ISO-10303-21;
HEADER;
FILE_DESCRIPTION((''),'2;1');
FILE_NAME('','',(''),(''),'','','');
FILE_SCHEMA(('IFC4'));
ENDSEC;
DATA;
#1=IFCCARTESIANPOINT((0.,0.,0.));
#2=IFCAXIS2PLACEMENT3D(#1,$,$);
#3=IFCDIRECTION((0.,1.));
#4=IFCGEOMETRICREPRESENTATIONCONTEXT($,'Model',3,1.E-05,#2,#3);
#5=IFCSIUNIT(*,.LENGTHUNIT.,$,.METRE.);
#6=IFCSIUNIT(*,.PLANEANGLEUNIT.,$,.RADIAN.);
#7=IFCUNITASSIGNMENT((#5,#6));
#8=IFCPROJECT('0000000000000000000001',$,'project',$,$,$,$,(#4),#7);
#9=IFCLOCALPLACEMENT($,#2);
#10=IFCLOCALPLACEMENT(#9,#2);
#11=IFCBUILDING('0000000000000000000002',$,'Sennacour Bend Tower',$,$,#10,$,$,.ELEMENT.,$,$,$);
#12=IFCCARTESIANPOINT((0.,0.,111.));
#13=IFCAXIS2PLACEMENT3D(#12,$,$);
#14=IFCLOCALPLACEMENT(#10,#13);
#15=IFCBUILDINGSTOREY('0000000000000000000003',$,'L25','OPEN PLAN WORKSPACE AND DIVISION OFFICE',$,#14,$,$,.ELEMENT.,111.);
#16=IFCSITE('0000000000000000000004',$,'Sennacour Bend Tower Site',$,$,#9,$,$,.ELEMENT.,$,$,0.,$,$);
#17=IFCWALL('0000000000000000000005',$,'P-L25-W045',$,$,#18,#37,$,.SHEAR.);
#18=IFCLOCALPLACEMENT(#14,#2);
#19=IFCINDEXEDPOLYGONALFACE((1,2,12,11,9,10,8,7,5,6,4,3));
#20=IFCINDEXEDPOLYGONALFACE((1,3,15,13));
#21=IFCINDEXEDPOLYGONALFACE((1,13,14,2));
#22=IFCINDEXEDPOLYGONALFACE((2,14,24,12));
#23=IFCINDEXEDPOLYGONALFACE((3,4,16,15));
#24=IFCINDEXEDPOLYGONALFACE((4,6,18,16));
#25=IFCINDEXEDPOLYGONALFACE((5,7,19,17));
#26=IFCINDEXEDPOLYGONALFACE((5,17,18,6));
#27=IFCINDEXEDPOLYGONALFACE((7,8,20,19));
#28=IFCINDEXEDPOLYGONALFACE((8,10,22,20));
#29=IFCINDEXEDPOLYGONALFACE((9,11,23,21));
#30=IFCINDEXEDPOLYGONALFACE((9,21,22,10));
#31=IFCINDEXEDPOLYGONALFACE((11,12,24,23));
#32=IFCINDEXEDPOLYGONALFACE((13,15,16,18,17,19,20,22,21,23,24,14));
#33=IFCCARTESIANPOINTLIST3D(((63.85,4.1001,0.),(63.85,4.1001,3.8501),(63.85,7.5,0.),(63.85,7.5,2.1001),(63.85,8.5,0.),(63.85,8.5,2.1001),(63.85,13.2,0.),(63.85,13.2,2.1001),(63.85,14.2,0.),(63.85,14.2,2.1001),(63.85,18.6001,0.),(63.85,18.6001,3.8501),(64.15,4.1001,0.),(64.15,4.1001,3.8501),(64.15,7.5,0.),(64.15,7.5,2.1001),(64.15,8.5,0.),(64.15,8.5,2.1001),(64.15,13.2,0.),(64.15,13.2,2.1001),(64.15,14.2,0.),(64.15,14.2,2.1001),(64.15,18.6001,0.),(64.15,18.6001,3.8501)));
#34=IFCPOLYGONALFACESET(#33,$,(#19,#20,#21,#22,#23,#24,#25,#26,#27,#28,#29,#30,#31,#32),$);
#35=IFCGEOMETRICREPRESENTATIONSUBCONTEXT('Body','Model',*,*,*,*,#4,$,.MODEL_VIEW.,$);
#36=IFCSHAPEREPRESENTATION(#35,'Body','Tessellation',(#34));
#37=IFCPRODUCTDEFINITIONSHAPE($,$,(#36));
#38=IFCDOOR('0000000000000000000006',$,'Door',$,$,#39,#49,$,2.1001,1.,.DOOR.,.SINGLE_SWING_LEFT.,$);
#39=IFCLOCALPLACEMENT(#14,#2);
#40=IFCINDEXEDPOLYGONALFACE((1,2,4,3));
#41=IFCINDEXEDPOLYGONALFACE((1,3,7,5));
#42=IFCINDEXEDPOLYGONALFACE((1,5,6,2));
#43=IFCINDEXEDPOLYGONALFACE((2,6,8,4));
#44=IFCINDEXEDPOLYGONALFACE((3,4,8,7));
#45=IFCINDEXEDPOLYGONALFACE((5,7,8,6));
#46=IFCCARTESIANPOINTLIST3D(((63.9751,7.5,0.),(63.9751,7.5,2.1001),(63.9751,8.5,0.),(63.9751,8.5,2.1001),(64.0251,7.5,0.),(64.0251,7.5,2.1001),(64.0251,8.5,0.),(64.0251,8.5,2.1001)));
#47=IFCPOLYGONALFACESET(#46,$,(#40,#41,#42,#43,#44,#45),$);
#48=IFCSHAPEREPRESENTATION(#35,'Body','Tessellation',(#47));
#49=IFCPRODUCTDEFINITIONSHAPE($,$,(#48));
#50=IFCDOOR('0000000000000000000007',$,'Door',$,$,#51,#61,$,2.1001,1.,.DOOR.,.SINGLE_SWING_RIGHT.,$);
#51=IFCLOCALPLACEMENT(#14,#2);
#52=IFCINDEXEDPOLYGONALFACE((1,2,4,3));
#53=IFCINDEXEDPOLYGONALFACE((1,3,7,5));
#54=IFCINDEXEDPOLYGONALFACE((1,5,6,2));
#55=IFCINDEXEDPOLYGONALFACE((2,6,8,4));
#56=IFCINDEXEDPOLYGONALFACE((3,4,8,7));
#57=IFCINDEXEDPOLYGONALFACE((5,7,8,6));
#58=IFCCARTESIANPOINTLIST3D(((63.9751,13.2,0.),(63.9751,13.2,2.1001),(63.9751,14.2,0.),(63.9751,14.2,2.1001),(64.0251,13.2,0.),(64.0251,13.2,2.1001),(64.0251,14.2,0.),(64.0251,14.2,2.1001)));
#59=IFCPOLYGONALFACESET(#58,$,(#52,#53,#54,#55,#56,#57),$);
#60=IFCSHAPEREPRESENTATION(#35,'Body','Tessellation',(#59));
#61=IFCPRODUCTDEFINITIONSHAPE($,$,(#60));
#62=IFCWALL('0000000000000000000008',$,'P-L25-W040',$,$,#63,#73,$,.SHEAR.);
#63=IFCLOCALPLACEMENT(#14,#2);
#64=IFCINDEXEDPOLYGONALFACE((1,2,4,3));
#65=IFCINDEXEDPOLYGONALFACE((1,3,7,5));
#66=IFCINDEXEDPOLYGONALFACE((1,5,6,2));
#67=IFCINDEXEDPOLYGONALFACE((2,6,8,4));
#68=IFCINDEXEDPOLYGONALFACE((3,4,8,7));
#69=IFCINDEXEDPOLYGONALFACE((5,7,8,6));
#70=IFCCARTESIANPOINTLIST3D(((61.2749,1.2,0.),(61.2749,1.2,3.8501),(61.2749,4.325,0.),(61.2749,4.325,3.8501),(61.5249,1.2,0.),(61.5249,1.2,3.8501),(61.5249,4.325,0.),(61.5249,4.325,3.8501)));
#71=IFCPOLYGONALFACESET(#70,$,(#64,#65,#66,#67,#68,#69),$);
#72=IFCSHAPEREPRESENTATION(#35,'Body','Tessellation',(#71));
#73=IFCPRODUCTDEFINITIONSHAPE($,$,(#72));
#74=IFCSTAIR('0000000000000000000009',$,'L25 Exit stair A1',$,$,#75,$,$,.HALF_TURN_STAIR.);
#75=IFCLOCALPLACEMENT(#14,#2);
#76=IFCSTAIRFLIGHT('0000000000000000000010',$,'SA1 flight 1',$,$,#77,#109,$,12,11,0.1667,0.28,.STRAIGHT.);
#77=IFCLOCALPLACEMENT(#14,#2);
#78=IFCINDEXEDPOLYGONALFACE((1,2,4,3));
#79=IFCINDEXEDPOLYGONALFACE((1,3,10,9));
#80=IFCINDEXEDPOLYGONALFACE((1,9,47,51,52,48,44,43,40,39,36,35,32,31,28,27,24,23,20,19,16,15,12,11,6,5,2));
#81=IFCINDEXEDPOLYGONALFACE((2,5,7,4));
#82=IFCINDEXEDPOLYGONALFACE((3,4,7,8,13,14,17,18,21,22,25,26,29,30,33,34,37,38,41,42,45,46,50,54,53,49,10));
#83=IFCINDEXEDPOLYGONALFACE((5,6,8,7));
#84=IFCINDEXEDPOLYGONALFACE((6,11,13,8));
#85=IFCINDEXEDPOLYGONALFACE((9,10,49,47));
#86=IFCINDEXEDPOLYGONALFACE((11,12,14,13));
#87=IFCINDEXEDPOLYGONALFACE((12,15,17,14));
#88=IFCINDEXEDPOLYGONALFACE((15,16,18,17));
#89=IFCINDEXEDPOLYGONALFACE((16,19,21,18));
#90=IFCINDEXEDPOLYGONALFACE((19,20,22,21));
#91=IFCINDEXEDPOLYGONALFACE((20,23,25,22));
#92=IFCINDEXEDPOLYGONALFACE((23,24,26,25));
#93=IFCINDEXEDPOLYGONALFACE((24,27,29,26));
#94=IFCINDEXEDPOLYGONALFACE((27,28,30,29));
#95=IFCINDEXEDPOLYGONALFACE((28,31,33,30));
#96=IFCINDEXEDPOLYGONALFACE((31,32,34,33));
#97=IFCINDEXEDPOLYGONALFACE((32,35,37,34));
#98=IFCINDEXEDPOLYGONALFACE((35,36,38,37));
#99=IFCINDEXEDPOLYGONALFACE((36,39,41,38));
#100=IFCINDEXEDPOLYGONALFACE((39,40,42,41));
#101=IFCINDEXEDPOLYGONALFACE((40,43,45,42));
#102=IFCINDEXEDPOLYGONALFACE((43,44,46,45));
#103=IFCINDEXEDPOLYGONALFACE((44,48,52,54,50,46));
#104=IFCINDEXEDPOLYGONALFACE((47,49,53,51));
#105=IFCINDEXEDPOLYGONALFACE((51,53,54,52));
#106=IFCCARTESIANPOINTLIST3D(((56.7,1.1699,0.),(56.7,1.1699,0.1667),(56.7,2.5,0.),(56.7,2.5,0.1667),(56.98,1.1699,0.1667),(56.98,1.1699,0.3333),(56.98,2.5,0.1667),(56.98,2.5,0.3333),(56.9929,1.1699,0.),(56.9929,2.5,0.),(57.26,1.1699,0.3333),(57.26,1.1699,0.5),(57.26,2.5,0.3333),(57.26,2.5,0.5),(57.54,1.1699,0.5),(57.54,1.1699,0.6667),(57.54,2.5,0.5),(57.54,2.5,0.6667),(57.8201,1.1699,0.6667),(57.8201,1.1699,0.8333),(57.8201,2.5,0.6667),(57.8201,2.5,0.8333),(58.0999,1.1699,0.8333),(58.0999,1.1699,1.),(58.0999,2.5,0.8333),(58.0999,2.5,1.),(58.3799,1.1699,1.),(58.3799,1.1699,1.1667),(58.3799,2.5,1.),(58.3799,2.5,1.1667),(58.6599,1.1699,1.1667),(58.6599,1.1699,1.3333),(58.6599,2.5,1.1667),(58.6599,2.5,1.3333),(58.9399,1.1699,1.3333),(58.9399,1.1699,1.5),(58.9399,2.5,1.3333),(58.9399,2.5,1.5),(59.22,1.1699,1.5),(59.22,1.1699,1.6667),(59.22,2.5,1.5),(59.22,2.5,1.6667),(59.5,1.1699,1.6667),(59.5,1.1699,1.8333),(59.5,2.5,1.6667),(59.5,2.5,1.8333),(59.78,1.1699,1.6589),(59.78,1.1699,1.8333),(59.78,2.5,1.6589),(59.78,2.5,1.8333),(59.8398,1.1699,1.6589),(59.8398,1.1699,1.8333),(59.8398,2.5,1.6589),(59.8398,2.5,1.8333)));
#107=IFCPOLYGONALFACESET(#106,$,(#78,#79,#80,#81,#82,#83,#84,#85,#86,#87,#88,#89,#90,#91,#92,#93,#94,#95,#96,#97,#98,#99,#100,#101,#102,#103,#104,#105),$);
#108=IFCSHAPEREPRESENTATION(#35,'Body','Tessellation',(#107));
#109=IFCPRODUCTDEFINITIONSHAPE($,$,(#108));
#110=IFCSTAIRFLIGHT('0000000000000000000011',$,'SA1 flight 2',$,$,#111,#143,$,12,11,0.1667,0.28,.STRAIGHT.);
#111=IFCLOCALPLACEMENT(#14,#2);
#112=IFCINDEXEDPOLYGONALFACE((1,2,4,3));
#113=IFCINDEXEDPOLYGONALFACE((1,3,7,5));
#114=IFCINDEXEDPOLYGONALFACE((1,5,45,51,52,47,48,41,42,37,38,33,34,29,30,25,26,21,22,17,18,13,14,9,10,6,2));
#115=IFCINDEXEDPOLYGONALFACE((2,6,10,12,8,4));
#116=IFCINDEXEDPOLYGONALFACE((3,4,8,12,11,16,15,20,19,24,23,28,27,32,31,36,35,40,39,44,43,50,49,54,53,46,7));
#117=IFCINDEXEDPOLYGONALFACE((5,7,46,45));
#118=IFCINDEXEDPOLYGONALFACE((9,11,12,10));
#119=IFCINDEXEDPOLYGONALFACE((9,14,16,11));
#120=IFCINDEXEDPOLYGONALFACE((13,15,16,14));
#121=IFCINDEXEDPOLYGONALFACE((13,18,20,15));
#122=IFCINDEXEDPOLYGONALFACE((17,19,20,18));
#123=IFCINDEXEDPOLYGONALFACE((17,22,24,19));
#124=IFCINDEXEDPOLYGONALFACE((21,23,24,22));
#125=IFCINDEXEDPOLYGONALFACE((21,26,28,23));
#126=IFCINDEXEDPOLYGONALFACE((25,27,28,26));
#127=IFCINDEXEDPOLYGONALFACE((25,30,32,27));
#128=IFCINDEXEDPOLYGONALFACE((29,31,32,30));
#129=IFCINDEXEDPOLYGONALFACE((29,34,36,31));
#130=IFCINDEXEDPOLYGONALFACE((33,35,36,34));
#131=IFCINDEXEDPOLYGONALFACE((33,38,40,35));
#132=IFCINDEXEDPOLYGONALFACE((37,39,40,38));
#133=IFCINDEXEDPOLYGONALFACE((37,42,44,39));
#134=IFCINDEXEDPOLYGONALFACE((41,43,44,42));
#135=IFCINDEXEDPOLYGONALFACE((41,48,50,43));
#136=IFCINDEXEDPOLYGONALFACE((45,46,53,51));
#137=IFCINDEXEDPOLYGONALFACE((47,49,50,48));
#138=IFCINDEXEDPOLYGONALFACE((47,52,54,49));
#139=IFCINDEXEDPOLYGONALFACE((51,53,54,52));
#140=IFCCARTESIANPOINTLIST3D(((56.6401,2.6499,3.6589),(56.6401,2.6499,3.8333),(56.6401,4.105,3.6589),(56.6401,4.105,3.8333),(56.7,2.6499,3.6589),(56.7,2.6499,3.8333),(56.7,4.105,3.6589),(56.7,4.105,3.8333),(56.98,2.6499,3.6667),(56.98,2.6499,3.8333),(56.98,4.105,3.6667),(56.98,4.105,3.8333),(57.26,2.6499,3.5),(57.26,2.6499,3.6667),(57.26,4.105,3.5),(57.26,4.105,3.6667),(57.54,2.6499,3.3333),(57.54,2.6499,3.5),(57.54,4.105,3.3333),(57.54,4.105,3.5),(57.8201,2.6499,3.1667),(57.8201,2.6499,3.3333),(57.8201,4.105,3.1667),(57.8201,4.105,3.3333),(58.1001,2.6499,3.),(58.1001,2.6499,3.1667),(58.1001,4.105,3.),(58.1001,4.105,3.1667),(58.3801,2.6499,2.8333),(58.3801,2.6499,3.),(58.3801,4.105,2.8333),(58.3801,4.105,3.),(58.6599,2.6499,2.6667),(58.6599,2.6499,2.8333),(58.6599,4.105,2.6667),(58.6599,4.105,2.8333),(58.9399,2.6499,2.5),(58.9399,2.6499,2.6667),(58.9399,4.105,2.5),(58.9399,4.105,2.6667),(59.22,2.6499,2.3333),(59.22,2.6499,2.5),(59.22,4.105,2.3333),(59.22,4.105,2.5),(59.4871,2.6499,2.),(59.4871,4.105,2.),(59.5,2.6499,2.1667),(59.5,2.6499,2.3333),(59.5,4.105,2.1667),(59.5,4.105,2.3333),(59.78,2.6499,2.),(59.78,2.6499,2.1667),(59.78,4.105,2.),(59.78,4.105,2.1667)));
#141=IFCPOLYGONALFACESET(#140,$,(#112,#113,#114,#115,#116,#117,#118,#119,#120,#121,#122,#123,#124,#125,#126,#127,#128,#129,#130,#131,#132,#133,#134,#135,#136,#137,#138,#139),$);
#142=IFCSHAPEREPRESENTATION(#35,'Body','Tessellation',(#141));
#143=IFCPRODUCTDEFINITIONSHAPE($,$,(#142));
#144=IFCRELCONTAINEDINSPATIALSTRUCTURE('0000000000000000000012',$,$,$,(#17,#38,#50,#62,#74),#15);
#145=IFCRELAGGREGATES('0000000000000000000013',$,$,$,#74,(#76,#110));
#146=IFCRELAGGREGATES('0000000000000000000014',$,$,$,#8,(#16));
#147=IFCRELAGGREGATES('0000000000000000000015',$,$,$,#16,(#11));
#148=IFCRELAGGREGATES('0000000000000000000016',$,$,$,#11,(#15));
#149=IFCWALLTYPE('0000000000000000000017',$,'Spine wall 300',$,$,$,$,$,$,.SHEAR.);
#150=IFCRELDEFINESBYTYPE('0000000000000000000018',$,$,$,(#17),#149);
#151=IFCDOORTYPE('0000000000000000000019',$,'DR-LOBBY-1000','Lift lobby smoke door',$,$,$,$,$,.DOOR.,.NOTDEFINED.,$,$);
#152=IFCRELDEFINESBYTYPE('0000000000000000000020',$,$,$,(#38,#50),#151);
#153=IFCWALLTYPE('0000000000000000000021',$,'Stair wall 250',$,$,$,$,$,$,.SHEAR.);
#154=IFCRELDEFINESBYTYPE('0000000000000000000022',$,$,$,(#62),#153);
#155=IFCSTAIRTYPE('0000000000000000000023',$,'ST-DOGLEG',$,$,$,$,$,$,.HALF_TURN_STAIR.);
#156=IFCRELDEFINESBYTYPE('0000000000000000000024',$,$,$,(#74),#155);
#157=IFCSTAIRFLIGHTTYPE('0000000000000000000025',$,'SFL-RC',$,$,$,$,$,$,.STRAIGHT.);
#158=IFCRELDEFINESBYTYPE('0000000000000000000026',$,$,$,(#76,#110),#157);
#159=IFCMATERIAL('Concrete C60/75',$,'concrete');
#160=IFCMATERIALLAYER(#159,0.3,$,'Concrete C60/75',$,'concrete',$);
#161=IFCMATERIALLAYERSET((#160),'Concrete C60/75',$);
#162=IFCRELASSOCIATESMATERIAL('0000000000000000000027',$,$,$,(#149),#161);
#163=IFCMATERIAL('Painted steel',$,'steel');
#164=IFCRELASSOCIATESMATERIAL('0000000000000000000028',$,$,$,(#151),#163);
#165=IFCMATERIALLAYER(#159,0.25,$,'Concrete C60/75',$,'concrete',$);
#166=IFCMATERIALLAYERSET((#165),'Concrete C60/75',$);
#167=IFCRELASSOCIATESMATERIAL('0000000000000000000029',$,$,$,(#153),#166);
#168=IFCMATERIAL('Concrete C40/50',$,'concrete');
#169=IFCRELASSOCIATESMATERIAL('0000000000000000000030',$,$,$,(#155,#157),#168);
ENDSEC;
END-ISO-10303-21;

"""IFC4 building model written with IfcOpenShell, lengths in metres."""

from ifc_helpers import new_model, si_unit, direction, frame, frame_2d, origin, place, context, subcontext, project, spatial, polyline, rectangle, outline, extrude, material, layer, layer_set, type_object, element, fill, aggregate, save


model = new_model("IFC4")

# Units and contexts
model_context = context("Model", 3, precision=1e-05, world=origin(), true_north=direction((0.0, 1.0)))
body_context = subcontext(model_context, "Body", "Model", "MODEL_VIEW")
ifc_project = project(units=[si_unit("LENGTHUNIT", "METRE"), si_unit("PLANEANGLEUNIT", "RADIAN")], contexts=[model_context])

# Site, building, storey
site_placement = place(None, origin())
site = spatial("IfcSite", under=ifc_project, at=site_placement, Name="Sennacour Bend Tower Site", CompositionType="ELEMENT", RefElevation=0.0)
building_placement = place(site_placement, origin())
building = spatial("IfcBuilding", under=site, at=building_placement, Name="Sennacour Bend Tower", CompositionType="ELEMENT")
storey_placement = place(building_placement, frame((0.0, 0.0, 111.0)))
storey = spatial("IfcBuildingStorey", under=building, at=storey_placement, Name="L25", Description="OPEN PLAN WORKSPACE AND DIVISION OFFICE", CompositionType="ELEMENT", Elevation=111.0)

# Shared definitions
ifc_material_1 = material(Name="Painted steel", Category="steel")

# Wall, openings, doors
ifc_material_2 = material(Name="Concrete C60/75", Category="concrete")
ifc_layer_1 = layer(ifc_material_2, 0.3, Name="Concrete C60/75", Category="concrete")
ifc_layer_set_1 = layer_set([ifc_layer_1], Name="Concrete C60/75")
wall_type_1 = type_object("IfcWallType", Name="Spine wall 300", PredefinedType="SHEAR", material=ifc_layer_set_1)
wall_1_placement = place(storey_placement, frame((64.0, 4.1001, 0.0), z_axis=(0.0, 0.0, 1.0), x_axis=(0.0, 1.0, 0.0)))
wall_1 = element("IfcWall", 1, at=wall_1_placement, inside=storey, type_object=wall_type_1, Name="P-L25-W045", PredefinedType="SHEAR", context=body_context, shape_type="SweptSolid", body=[
    extrude(rectangle(XDim=14.5, YDim=0.3, at=frame_2d((7.25, 0.0))), origin(), (0.0, 0.0, 1.0), 3.8501),
])
opening_1_placement = place(wall_1_placement, frame((3.3999, 0.0, 0.0)))
opening_1 = element("IfcOpeningElement", 2, at=opening_1_placement, cuts=wall_1, PredefinedType="OPENING", context=body_context, shape_type="SweptSolid", body=[
    extrude(rectangle(XDim=1.0, YDim=2.1001, at=frame_2d((0.5, 1.05))), frame((0.0, 0.1602, 0.0), z_axis=(0.0, -1.0, 0.0), x_axis=(1.0, 0.0, 0.0)), (0.0, 0.0, 1.0), 0.3201),
])
opening_2_placement = place(wall_1_placement, frame((9.0999, 0.0, 0.0)))
opening_2 = element("IfcOpeningElement", 3, at=opening_2_placement, cuts=wall_1, PredefinedType="OPENING", context=body_context, shape_type="SweptSolid", body=[
    extrude(rectangle(XDim=1.0, YDim=2.1001, at=frame_2d((0.5, 1.05))), frame((0.0, 0.1602, 0.0), z_axis=(0.0, -1.0, 0.0), x_axis=(1.0, 0.0, 0.0)), (0.0, 0.0, 1.0), 0.3201),
])
door_type_1 = type_object("IfcDoorType", Name="DR-LOBBY-1000", Description="Lift lobby smoke door", OperationType="NOTDEFINED", PredefinedType="DOOR", material=ifc_material_1)
door_1_placement = place(opening_1_placement, origin())
door_1 = element("IfcDoor", 4, at=door_1_placement, inside=storey, type_object=door_type_1, Name="Door", OperationType="SINGLE_SWING_LEFT", OverallHeight=2.1001, OverallWidth=1.0, PredefinedType="DOOR", context=body_context, shape_type="SweptSolid", body=[
    extrude(rectangle(XDim=1.0, YDim=2.1001, at=frame_2d((0.5, 1.05))), frame((0.0, 0.0249, 0.0), z_axis=(0.0, -1.0, 0.0), x_axis=(1.0, 0.0, 0.0)), (0.0, 0.0, 1.0), 0.05),
])
fill(opening_1, door_1)
door_2_placement = place(opening_2_placement, origin())
door_2 = element("IfcDoor", 5, at=door_2_placement, inside=storey, type_object=door_type_1, Name="Door", OperationType="SINGLE_SWING_RIGHT", OverallHeight=2.1001, OverallWidth=1.0, PredefinedType="DOOR", context=body_context, shape_type="SweptSolid", body=[
    extrude(rectangle(XDim=1.0, YDim=2.1001, at=frame_2d((0.5, 1.05))), frame((0.0, 0.0249, 0.0), z_axis=(0.0, -1.0, 0.0), x_axis=(1.0, 0.0, 0.0)), (0.0, 0.0, 1.0), 0.05),
])
fill(opening_2, door_2)

# Wall
ifc_layer_2 = layer(ifc_material_2, 0.25, Name="Concrete C60/75", Category="concrete")
ifc_layer_set_2 = layer_set([ifc_layer_2], Name="Concrete C60/75")
wall_type_2 = type_object("IfcWallType", Name="Stair wall 250", PredefinedType="SHEAR", material=ifc_layer_set_2)
wall_2_placement = place(storey_placement, frame((61.3999, 1.2, 0.0), z_axis=(0.0, 0.0, 1.0), x_axis=(0.0, 1.0, 0.0)))
element("IfcWall", 6, at=wall_2_placement, inside=storey, type_object=wall_type_2, Name="P-L25-W040", PredefinedType="SHEAR", context=body_context, shape_type="SweptSolid", body=[
    extrude(rectangle(XDim=3.125, YDim=0.25, at=frame_2d((1.5625, 0.0))), origin(), (0.0, 0.0, 1.0), 3.8501),
])

# Stair, stair flights
ifc_material_3 = material(Name="Concrete C40/50", Category="concrete")
stair_type = type_object("IfcStairType", Name="ST-DOGLEG", PredefinedType="HALF_TURN_STAIR", material=ifc_material_3)
stair_placement = place(storey_placement, origin())
stair = element("IfcStair", 7, at=stair_placement, inside=storey, type_object=stair_type, Name="L25 Exit stair A1", PredefinedType="HALF_TURN_STAIR")
stair_flight_type = type_object("IfcStairFlightType", Name="SFL-RC", PredefinedType="STRAIGHT", material=ifc_material_3)
stair_flight_1_placement = place(storey_placement, frame((56.7, 1.835, 0.0), z_axis=(0.0, 0.0, 1.0), x_axis=(1.0, 0.0, 0.0)))
stair_flight_1 = element("IfcStairFlight", 8, at=stair_flight_1_placement, type_object=stair_flight_type, Name="SA1 flight 1", NumberOfRisers=12, NumberOfTreads=11, PredefinedType="STRAIGHT", RiserHeight=0.1667, TreadLength=0.28, context=body_context, shape_type="SweptSolid", body=[
    extrude(outline(polyline([(0.0, 0.0), (0.0, 0.1667), (0.28, 0.1667), (0.28, 0.3333), (0.5601, 0.3333), (0.5601, 0.5), (0.8401, 0.5), (0.8401, 0.6667), (1.1201, 0.6667), (1.1201, 0.8333), (1.3999, 0.8333), (1.3999, 1.0), (1.6799, 1.0), (1.6799, 1.1667), (1.96, 1.1667), (1.96, 1.3333), (2.24, 1.3333), (2.24, 1.5), (2.52, 1.5), (2.52, 1.6667), (2.8, 1.6667), (2.8, 1.8333), (3.0801, 1.8333), (3.1399, 1.8333), (3.1399, 1.6589), (3.0801, 1.6589), (0.293, 0.0), (0.0, 0.0)])), frame((0.0, 0.665, 0.0), z_axis=(0.0, -1.0, 0.0), x_axis=(1.0, 0.0, 0.0)), (0.0, 0.0, 1.0), 1.3301),
])
stair_flight_2_placement = place(storey_placement, frame((59.78, 3.3774, 2.0), z_axis=(0.0, 0.0, 1.0), x_axis=(-1.0, 0.0, 0.0)))
stair_flight_2 = element("IfcStairFlight", 9, at=stair_flight_2_placement, type_object=stair_flight_type, Name="SA1 flight 2", NumberOfRisers=12, NumberOfTreads=11, PredefinedType="STRAIGHT", RiserHeight=0.1667, TreadLength=0.28, context=body_context, shape_type="SweptSolid", body=[
    extrude(outline(polyline([(0.0, 0.0), (0.0, 0.1667), (0.28, 0.1667), (0.28, 0.3333), (0.5601, 0.3333), (0.5601, 0.5), (0.8401, 0.5), (0.8401, 0.6667), (1.1201, 0.6667), (1.1201, 0.8333), (1.3999, 0.8333), (1.3999, 1.0), (1.6799, 1.0), (1.6799, 1.1667), (1.96, 1.1667), (1.96, 1.3333), (2.24, 1.3333), (2.24, 1.5), (2.52, 1.5), (2.52, 1.6667), (2.8, 1.6667), (2.8, 1.8333), (3.0801, 1.8333), (3.1399, 1.8333), (3.1399, 1.6589), (3.0801, 1.6589), (0.293, 0.0), (0.0, 0.0)])), frame((0.0, 0.7275, 0.0), z_axis=(0.0, -1.0, 0.0), x_axis=(1.0, 0.0, 0.0)), (0.0, 0.0, 1.0), 1.4551),
])
aggregate(stair, [stair_flight_1, stair_flight_2])

save(model, "model.ifc")
